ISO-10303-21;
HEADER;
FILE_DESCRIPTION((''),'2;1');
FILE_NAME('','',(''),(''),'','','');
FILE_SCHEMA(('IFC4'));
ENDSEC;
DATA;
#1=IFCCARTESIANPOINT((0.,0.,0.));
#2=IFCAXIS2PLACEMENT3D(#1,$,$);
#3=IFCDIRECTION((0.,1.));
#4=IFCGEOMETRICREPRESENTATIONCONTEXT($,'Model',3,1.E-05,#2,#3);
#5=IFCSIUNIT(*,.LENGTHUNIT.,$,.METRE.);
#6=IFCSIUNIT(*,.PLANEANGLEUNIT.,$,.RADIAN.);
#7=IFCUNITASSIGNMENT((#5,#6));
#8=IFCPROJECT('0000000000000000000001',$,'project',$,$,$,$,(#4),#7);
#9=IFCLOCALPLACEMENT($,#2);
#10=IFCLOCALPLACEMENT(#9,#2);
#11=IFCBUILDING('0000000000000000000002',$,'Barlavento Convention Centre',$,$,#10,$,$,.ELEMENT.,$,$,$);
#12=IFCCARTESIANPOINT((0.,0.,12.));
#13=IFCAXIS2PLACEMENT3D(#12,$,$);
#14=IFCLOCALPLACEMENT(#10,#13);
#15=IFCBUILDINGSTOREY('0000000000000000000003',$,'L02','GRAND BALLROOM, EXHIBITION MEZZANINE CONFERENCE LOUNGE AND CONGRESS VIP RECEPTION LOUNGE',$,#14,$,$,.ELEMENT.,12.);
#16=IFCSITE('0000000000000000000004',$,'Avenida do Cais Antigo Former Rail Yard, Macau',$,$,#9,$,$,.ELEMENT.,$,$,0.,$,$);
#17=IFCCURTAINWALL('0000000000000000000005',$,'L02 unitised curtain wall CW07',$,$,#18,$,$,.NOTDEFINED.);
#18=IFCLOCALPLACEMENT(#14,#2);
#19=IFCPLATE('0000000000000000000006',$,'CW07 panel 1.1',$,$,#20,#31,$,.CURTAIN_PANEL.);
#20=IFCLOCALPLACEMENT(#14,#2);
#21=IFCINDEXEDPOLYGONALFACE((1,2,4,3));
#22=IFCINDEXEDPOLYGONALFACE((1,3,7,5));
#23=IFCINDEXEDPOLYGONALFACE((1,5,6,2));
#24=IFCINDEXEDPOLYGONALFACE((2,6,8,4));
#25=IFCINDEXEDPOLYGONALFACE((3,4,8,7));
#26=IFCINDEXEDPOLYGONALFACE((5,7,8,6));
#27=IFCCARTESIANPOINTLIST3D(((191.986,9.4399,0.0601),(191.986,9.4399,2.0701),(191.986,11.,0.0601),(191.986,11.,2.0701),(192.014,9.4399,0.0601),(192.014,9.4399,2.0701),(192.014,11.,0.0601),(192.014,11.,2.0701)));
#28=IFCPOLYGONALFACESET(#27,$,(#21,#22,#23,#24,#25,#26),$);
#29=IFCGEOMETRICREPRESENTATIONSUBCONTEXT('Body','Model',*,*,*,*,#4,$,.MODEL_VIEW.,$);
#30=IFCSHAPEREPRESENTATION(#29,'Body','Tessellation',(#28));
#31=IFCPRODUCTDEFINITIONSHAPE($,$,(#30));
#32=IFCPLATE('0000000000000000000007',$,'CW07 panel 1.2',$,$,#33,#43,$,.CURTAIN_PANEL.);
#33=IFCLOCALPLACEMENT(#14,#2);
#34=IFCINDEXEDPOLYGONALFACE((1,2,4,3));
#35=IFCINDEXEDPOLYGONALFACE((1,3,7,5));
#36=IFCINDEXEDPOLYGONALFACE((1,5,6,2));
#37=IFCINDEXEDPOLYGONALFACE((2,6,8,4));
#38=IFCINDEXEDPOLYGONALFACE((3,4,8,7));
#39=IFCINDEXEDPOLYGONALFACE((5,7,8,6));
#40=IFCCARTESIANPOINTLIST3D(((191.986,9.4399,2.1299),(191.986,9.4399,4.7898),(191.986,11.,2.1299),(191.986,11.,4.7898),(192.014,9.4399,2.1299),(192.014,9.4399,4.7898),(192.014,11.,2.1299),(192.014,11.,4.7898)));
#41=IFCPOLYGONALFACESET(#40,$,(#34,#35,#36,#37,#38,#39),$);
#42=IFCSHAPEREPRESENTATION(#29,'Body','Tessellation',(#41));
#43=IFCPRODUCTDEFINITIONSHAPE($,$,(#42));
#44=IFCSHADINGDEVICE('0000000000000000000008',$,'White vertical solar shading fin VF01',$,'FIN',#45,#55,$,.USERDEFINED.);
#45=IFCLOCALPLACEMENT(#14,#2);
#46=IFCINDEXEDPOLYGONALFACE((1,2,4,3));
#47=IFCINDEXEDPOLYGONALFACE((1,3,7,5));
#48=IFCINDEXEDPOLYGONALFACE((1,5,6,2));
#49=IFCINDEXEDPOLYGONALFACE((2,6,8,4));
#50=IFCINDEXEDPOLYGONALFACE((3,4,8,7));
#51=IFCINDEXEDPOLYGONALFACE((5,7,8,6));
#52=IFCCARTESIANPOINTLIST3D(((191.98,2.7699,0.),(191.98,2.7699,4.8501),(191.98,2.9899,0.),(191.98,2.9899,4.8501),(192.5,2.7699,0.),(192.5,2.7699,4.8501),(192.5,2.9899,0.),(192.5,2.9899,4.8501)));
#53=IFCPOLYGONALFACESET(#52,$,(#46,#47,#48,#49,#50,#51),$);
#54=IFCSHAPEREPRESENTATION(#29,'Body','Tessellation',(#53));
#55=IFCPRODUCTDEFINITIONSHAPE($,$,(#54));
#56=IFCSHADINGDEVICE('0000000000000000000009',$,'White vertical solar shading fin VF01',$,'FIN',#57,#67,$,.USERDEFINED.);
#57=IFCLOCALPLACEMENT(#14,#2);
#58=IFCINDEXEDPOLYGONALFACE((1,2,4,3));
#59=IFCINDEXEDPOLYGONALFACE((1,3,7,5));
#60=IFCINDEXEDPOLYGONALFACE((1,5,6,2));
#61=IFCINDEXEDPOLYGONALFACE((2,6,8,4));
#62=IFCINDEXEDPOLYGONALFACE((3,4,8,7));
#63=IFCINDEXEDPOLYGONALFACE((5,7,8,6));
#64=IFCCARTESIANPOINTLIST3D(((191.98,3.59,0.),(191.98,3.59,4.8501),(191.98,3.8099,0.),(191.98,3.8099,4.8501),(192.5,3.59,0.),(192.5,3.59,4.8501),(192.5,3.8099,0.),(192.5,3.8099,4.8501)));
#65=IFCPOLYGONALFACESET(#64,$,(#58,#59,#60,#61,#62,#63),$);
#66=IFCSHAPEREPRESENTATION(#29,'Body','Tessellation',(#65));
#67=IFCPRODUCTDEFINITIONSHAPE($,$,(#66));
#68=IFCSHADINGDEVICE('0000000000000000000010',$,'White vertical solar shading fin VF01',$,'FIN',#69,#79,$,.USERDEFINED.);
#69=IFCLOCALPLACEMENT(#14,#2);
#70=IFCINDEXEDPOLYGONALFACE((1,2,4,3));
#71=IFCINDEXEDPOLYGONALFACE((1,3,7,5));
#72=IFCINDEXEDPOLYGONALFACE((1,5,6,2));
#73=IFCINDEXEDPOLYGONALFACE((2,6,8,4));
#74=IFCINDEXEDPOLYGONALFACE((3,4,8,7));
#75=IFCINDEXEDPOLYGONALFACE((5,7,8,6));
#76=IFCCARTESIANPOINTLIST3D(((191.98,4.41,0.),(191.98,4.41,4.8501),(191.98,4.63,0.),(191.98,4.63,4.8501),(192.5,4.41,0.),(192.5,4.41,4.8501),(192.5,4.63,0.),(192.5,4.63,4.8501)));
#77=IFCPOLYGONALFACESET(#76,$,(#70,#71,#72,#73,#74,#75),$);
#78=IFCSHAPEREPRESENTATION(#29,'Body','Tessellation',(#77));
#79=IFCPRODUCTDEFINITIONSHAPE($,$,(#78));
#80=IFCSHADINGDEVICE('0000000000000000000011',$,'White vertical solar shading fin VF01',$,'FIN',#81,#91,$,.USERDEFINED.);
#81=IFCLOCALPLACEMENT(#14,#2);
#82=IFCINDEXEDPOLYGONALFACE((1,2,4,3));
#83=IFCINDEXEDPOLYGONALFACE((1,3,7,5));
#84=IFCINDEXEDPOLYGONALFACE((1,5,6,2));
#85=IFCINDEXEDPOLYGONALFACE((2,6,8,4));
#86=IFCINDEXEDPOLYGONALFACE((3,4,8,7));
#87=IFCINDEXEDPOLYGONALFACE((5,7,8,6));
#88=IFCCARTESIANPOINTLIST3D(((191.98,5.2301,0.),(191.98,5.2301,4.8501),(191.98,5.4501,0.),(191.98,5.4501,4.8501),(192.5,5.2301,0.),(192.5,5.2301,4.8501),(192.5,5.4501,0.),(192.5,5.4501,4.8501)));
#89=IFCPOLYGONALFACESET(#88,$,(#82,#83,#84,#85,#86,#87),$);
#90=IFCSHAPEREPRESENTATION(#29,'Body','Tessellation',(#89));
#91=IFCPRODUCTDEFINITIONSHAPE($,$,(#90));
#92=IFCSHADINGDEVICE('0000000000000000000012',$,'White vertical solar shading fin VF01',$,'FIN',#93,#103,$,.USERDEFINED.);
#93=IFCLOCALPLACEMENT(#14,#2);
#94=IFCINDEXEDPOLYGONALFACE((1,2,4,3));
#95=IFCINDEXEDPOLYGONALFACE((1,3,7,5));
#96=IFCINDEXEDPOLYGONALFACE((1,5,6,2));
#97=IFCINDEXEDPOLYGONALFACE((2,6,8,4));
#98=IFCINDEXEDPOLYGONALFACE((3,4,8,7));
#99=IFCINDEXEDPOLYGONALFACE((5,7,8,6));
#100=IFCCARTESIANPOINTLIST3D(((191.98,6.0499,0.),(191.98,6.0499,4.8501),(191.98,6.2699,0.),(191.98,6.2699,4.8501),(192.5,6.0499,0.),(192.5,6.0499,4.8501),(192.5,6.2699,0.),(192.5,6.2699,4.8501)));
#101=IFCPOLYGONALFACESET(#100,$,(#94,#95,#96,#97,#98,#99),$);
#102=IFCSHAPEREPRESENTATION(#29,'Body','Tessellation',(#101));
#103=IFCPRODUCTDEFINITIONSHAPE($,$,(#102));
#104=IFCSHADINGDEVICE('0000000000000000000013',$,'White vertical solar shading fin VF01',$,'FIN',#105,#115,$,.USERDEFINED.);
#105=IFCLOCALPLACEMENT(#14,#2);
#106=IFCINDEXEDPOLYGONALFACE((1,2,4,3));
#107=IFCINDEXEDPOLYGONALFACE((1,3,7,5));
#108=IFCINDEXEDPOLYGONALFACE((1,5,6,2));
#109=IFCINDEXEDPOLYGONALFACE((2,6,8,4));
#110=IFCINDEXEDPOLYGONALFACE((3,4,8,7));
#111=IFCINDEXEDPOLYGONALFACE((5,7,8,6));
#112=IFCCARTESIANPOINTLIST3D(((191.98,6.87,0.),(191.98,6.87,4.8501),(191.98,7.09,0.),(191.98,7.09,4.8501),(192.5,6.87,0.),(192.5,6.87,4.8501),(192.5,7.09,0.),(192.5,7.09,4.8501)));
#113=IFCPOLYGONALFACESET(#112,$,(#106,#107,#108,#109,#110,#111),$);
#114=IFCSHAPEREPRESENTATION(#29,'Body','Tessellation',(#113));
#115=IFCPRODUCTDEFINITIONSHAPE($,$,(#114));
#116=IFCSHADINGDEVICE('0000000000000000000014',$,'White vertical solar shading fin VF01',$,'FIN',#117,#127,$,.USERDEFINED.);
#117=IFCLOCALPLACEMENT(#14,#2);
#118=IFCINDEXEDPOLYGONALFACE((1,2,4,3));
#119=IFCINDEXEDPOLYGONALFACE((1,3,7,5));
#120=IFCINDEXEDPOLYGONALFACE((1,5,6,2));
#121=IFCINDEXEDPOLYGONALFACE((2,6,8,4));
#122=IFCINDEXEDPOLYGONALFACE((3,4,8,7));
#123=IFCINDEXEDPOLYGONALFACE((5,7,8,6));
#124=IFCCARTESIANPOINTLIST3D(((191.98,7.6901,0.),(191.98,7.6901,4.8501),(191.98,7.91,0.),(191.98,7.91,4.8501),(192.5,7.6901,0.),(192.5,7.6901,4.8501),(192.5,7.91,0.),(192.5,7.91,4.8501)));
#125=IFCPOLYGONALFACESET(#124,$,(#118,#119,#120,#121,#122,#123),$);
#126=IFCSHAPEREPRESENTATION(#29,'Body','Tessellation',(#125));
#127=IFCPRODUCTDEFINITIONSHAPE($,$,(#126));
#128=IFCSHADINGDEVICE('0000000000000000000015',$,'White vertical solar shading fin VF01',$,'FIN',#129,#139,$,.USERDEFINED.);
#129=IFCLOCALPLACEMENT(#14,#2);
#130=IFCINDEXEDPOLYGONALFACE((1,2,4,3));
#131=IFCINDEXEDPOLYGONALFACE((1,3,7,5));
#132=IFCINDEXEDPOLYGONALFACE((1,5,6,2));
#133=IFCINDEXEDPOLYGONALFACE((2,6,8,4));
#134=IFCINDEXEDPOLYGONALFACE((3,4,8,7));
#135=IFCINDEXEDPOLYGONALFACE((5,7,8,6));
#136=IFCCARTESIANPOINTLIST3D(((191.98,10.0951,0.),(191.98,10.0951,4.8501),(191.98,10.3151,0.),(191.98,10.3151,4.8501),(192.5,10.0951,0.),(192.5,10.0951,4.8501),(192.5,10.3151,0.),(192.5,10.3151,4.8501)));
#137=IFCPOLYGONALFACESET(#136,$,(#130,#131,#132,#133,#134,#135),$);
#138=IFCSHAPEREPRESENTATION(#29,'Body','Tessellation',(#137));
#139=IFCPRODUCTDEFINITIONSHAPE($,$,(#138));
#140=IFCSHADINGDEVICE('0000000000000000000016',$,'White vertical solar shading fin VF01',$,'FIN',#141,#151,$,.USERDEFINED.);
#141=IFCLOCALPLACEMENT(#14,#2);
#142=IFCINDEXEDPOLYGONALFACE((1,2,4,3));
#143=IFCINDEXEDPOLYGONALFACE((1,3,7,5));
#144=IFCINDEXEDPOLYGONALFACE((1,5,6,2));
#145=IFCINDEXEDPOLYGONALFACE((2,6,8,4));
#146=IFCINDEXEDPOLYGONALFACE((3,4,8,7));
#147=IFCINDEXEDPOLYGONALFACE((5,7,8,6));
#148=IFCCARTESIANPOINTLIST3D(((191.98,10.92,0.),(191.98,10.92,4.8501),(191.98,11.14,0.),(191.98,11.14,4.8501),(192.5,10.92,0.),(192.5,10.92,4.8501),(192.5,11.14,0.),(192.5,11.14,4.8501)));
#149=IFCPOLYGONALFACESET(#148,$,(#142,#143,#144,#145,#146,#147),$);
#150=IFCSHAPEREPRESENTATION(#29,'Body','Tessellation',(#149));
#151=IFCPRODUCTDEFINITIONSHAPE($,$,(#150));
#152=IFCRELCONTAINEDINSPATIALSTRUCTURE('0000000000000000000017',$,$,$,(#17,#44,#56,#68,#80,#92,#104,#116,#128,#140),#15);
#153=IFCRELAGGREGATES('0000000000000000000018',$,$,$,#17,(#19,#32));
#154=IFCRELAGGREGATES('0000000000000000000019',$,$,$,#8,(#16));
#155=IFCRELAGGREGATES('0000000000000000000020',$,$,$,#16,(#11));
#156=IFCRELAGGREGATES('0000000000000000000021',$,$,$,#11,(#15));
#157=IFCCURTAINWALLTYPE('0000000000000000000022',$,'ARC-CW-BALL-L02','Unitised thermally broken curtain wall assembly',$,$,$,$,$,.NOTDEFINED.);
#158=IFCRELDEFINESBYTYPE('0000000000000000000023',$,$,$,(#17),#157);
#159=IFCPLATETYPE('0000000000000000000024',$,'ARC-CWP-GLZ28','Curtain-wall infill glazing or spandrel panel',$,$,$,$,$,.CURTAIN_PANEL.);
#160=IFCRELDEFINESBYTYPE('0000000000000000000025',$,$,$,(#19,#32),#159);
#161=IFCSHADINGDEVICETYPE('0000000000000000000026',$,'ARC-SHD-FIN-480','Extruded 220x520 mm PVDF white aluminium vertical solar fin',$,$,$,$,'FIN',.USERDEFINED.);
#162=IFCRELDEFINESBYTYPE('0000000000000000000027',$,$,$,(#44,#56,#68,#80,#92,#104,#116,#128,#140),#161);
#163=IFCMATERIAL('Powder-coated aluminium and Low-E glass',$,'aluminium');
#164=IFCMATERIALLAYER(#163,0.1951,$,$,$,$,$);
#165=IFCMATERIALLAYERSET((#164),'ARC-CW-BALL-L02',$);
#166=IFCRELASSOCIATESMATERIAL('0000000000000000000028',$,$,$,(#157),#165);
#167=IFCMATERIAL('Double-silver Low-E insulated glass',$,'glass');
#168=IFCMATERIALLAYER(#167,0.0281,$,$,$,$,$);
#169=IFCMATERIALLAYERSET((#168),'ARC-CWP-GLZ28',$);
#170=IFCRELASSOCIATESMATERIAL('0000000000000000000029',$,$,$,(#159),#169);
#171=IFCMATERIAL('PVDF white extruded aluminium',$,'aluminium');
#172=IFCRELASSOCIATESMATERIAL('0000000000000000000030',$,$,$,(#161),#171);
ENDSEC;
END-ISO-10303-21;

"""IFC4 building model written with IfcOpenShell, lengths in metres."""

from ifc_helpers import new_model, si_unit, direction, frame, origin, origin_2d, place, context, subcontext, project, spatial, rectangle, extrude, material, layer, layer_set, type_object, element, aggregate, save


model = new_model("IFC4")

# Units and contexts
model_context = context("Model", 3, precision=1e-05, world=origin(), true_north=direction((0.0, 1.0)))
body_context = subcontext(model_context, "Body", "Model", "MODEL_VIEW")
ifc_project = project(units=[si_unit("LENGTHUNIT", "METRE"), si_unit("PLANEANGLEUNIT", "RADIAN")], contexts=[model_context])

# Site, building, storey
site_placement = place(None, origin())
site = spatial("IfcSite", under=ifc_project, at=site_placement, Name="Avenida do Cais Antigo Former Rail Yard, Macau", CompositionType="ELEMENT", RefElevation=0.0)
building_placement = place(site_placement, origin())
building = spatial("IfcBuilding", under=site, at=building_placement, Name="Barlavento Convention Centre", CompositionType="ELEMENT")
storey_placement = place(building_placement, frame((0.0, 0.0, 12.0)))
storey = spatial("IfcBuildingStorey", under=building, at=storey_placement, Name="L02", Description="GRAND BALLROOM, EXHIBITION MEZZANINE CONFERENCE LOUNGE AND CONGRESS VIP RECEPTION LOUNGE", CompositionType="ELEMENT", Elevation=12.0)

# Curtain wall
ifc_material_1 = material(Name="Powder-coated aluminium and Low-E glass", Category="aluminium")
ifc_layer_1 = layer(ifc_material_1, 0.1951)
ifc_layer_set_1 = layer_set([ifc_layer_1], Name="ARC-CW-BALL-L02")
curtain_wall_type = type_object("IfcCurtainWallType", Name="ARC-CW-BALL-L02", Description="Unitised thermally broken curtain wall assembly", PredefinedType="NOTDEFINED", material=ifc_layer_set_1)
curtain_wall_1_placement = place(storey_placement, origin())
curtain_wall_1 = element("IfcCurtainWall", 1, at=curtain_wall_1_placement, inside=storey, type_object=curtain_wall_type, Name="L02 unitised curtain wall CW07", PredefinedType="NOTDEFINED")

# Plates
ifc_material_2 = material(Name="Double-silver Low-E insulated glass", Category="glass")
ifc_layer_2 = layer(ifc_material_2, 0.0281)
ifc_layer_set_2 = layer_set([ifc_layer_2], Name="ARC-CWP-GLZ28")
plate_type = type_object("IfcPlateType", Name="ARC-CWP-GLZ28", Description="Curtain-wall infill glazing or spandrel panel", PredefinedType="CURTAIN_PANEL", material=ifc_layer_set_2)
plate_1_placement = place(storey_placement, frame((192.0, 10.22, 0.0601), z_axis=(0.0, 0.0, 1.0), x_axis=(0.0, 1.0, 0.0)))
plate_1 = element("IfcPlate", 2, at=plate_1_placement, type_object=plate_type, Name="CW07 panel 1.1", PredefinedType="CURTAIN_PANEL", context=body_context, shape_type="SweptSolid", body=[
    extrude(rectangle(XDim=1.5601, YDim=0.0281, at=origin_2d()), origin(), (0.0, 0.0, 1.0), 2.01),
])
plate_2_placement = place(storey_placement, frame((192.0, 10.22, 2.1299), z_axis=(0.0, 0.0, 1.0), x_axis=(0.0, 1.0, 0.0)))
plate_2 = element("IfcPlate", 3, at=plate_2_placement, type_object=plate_type, Name="CW07 panel 1.2", PredefinedType="CURTAIN_PANEL", context=body_context, shape_type="SweptSolid", body=[
    extrude(rectangle(XDim=1.5601, YDim=0.0281, at=origin_2d()), origin(), (0.0, 0.0, 1.0), 2.6599),
])
aggregate(curtain_wall_1, [plate_1, plate_2])

# Shading devices
ifc_material_3 = material(Name="PVDF white extruded aluminium", Category="aluminium")
shading_device_type = type_object("IfcShadingDeviceType", Name="ARC-SHD-FIN-480", Description="Extruded 220x520 mm PVDF white aluminium vertical solar fin", ElementType="FIN", PredefinedType="USERDEFINED", material=ifc_material_3)
for number, where, z_axis, x_axis, name in (
    (4, (192.24, 2.8799, 0.0), (0.0, 0.0, 1.0), (0.0, 1.0, 0.0), "White vertical solar shading fin VF01"),
    (5, (192.24, 3.7, 0.0), (0.0, 0.0, 1.0), (0.0, 1.0, 0.0), "White vertical solar shading fin VF01"),
    (6, (192.24, 4.52, 0.0), (0.0, 0.0, 1.0), (0.0, 1.0, 0.0), "White vertical solar shading fin VF01"),
    (7, (192.24, 5.3401, 0.0), (0.0, 0.0, 1.0), (0.0, 1.0, 0.0), "White vertical solar shading fin VF01"),
    (8, (192.24, 6.1599, 0.0), (0.0, 0.0, 1.0), (0.0, 1.0, 0.0), "White vertical solar shading fin VF01"),
    (9, (192.24, 6.98, 0.0), (0.0, 0.0, 1.0), (0.0, 1.0, 0.0), "White vertical solar shading fin VF01"),
    (10, (192.24, 7.8, 0.0), (0.0, 0.0, 1.0), (0.0, 1.0, 0.0), "White vertical solar shading fin VF01"),
    (11, (192.24, 10.2051, 0.0), (0.0, 0.0, 1.0), (0.0, 1.0, 0.0), "White vertical solar shading fin VF01"),
    (12, (192.24, 11.03, 0.0), (0.0, 0.0, 1.0), (0.0, 1.0, 0.0), "White vertical solar shading fin VF01"),
):
    element("IfcShadingDevice", number, at=place(storey_placement, frame(where, z_axis=z_axis, x_axis=x_axis)), inside=storey, type_object=shading_device_type, Name=name, ObjectType="FIN", PredefinedType="USERDEFINED", context=body_context, shape_type="SweptSolid", body=[
        extrude(rectangle(XDim=0.22, YDim=0.52, at=origin_2d()), origin(), (0.0, 0.0, 1.0), 4.8501),
    ])

save(model, "model.ifc")
